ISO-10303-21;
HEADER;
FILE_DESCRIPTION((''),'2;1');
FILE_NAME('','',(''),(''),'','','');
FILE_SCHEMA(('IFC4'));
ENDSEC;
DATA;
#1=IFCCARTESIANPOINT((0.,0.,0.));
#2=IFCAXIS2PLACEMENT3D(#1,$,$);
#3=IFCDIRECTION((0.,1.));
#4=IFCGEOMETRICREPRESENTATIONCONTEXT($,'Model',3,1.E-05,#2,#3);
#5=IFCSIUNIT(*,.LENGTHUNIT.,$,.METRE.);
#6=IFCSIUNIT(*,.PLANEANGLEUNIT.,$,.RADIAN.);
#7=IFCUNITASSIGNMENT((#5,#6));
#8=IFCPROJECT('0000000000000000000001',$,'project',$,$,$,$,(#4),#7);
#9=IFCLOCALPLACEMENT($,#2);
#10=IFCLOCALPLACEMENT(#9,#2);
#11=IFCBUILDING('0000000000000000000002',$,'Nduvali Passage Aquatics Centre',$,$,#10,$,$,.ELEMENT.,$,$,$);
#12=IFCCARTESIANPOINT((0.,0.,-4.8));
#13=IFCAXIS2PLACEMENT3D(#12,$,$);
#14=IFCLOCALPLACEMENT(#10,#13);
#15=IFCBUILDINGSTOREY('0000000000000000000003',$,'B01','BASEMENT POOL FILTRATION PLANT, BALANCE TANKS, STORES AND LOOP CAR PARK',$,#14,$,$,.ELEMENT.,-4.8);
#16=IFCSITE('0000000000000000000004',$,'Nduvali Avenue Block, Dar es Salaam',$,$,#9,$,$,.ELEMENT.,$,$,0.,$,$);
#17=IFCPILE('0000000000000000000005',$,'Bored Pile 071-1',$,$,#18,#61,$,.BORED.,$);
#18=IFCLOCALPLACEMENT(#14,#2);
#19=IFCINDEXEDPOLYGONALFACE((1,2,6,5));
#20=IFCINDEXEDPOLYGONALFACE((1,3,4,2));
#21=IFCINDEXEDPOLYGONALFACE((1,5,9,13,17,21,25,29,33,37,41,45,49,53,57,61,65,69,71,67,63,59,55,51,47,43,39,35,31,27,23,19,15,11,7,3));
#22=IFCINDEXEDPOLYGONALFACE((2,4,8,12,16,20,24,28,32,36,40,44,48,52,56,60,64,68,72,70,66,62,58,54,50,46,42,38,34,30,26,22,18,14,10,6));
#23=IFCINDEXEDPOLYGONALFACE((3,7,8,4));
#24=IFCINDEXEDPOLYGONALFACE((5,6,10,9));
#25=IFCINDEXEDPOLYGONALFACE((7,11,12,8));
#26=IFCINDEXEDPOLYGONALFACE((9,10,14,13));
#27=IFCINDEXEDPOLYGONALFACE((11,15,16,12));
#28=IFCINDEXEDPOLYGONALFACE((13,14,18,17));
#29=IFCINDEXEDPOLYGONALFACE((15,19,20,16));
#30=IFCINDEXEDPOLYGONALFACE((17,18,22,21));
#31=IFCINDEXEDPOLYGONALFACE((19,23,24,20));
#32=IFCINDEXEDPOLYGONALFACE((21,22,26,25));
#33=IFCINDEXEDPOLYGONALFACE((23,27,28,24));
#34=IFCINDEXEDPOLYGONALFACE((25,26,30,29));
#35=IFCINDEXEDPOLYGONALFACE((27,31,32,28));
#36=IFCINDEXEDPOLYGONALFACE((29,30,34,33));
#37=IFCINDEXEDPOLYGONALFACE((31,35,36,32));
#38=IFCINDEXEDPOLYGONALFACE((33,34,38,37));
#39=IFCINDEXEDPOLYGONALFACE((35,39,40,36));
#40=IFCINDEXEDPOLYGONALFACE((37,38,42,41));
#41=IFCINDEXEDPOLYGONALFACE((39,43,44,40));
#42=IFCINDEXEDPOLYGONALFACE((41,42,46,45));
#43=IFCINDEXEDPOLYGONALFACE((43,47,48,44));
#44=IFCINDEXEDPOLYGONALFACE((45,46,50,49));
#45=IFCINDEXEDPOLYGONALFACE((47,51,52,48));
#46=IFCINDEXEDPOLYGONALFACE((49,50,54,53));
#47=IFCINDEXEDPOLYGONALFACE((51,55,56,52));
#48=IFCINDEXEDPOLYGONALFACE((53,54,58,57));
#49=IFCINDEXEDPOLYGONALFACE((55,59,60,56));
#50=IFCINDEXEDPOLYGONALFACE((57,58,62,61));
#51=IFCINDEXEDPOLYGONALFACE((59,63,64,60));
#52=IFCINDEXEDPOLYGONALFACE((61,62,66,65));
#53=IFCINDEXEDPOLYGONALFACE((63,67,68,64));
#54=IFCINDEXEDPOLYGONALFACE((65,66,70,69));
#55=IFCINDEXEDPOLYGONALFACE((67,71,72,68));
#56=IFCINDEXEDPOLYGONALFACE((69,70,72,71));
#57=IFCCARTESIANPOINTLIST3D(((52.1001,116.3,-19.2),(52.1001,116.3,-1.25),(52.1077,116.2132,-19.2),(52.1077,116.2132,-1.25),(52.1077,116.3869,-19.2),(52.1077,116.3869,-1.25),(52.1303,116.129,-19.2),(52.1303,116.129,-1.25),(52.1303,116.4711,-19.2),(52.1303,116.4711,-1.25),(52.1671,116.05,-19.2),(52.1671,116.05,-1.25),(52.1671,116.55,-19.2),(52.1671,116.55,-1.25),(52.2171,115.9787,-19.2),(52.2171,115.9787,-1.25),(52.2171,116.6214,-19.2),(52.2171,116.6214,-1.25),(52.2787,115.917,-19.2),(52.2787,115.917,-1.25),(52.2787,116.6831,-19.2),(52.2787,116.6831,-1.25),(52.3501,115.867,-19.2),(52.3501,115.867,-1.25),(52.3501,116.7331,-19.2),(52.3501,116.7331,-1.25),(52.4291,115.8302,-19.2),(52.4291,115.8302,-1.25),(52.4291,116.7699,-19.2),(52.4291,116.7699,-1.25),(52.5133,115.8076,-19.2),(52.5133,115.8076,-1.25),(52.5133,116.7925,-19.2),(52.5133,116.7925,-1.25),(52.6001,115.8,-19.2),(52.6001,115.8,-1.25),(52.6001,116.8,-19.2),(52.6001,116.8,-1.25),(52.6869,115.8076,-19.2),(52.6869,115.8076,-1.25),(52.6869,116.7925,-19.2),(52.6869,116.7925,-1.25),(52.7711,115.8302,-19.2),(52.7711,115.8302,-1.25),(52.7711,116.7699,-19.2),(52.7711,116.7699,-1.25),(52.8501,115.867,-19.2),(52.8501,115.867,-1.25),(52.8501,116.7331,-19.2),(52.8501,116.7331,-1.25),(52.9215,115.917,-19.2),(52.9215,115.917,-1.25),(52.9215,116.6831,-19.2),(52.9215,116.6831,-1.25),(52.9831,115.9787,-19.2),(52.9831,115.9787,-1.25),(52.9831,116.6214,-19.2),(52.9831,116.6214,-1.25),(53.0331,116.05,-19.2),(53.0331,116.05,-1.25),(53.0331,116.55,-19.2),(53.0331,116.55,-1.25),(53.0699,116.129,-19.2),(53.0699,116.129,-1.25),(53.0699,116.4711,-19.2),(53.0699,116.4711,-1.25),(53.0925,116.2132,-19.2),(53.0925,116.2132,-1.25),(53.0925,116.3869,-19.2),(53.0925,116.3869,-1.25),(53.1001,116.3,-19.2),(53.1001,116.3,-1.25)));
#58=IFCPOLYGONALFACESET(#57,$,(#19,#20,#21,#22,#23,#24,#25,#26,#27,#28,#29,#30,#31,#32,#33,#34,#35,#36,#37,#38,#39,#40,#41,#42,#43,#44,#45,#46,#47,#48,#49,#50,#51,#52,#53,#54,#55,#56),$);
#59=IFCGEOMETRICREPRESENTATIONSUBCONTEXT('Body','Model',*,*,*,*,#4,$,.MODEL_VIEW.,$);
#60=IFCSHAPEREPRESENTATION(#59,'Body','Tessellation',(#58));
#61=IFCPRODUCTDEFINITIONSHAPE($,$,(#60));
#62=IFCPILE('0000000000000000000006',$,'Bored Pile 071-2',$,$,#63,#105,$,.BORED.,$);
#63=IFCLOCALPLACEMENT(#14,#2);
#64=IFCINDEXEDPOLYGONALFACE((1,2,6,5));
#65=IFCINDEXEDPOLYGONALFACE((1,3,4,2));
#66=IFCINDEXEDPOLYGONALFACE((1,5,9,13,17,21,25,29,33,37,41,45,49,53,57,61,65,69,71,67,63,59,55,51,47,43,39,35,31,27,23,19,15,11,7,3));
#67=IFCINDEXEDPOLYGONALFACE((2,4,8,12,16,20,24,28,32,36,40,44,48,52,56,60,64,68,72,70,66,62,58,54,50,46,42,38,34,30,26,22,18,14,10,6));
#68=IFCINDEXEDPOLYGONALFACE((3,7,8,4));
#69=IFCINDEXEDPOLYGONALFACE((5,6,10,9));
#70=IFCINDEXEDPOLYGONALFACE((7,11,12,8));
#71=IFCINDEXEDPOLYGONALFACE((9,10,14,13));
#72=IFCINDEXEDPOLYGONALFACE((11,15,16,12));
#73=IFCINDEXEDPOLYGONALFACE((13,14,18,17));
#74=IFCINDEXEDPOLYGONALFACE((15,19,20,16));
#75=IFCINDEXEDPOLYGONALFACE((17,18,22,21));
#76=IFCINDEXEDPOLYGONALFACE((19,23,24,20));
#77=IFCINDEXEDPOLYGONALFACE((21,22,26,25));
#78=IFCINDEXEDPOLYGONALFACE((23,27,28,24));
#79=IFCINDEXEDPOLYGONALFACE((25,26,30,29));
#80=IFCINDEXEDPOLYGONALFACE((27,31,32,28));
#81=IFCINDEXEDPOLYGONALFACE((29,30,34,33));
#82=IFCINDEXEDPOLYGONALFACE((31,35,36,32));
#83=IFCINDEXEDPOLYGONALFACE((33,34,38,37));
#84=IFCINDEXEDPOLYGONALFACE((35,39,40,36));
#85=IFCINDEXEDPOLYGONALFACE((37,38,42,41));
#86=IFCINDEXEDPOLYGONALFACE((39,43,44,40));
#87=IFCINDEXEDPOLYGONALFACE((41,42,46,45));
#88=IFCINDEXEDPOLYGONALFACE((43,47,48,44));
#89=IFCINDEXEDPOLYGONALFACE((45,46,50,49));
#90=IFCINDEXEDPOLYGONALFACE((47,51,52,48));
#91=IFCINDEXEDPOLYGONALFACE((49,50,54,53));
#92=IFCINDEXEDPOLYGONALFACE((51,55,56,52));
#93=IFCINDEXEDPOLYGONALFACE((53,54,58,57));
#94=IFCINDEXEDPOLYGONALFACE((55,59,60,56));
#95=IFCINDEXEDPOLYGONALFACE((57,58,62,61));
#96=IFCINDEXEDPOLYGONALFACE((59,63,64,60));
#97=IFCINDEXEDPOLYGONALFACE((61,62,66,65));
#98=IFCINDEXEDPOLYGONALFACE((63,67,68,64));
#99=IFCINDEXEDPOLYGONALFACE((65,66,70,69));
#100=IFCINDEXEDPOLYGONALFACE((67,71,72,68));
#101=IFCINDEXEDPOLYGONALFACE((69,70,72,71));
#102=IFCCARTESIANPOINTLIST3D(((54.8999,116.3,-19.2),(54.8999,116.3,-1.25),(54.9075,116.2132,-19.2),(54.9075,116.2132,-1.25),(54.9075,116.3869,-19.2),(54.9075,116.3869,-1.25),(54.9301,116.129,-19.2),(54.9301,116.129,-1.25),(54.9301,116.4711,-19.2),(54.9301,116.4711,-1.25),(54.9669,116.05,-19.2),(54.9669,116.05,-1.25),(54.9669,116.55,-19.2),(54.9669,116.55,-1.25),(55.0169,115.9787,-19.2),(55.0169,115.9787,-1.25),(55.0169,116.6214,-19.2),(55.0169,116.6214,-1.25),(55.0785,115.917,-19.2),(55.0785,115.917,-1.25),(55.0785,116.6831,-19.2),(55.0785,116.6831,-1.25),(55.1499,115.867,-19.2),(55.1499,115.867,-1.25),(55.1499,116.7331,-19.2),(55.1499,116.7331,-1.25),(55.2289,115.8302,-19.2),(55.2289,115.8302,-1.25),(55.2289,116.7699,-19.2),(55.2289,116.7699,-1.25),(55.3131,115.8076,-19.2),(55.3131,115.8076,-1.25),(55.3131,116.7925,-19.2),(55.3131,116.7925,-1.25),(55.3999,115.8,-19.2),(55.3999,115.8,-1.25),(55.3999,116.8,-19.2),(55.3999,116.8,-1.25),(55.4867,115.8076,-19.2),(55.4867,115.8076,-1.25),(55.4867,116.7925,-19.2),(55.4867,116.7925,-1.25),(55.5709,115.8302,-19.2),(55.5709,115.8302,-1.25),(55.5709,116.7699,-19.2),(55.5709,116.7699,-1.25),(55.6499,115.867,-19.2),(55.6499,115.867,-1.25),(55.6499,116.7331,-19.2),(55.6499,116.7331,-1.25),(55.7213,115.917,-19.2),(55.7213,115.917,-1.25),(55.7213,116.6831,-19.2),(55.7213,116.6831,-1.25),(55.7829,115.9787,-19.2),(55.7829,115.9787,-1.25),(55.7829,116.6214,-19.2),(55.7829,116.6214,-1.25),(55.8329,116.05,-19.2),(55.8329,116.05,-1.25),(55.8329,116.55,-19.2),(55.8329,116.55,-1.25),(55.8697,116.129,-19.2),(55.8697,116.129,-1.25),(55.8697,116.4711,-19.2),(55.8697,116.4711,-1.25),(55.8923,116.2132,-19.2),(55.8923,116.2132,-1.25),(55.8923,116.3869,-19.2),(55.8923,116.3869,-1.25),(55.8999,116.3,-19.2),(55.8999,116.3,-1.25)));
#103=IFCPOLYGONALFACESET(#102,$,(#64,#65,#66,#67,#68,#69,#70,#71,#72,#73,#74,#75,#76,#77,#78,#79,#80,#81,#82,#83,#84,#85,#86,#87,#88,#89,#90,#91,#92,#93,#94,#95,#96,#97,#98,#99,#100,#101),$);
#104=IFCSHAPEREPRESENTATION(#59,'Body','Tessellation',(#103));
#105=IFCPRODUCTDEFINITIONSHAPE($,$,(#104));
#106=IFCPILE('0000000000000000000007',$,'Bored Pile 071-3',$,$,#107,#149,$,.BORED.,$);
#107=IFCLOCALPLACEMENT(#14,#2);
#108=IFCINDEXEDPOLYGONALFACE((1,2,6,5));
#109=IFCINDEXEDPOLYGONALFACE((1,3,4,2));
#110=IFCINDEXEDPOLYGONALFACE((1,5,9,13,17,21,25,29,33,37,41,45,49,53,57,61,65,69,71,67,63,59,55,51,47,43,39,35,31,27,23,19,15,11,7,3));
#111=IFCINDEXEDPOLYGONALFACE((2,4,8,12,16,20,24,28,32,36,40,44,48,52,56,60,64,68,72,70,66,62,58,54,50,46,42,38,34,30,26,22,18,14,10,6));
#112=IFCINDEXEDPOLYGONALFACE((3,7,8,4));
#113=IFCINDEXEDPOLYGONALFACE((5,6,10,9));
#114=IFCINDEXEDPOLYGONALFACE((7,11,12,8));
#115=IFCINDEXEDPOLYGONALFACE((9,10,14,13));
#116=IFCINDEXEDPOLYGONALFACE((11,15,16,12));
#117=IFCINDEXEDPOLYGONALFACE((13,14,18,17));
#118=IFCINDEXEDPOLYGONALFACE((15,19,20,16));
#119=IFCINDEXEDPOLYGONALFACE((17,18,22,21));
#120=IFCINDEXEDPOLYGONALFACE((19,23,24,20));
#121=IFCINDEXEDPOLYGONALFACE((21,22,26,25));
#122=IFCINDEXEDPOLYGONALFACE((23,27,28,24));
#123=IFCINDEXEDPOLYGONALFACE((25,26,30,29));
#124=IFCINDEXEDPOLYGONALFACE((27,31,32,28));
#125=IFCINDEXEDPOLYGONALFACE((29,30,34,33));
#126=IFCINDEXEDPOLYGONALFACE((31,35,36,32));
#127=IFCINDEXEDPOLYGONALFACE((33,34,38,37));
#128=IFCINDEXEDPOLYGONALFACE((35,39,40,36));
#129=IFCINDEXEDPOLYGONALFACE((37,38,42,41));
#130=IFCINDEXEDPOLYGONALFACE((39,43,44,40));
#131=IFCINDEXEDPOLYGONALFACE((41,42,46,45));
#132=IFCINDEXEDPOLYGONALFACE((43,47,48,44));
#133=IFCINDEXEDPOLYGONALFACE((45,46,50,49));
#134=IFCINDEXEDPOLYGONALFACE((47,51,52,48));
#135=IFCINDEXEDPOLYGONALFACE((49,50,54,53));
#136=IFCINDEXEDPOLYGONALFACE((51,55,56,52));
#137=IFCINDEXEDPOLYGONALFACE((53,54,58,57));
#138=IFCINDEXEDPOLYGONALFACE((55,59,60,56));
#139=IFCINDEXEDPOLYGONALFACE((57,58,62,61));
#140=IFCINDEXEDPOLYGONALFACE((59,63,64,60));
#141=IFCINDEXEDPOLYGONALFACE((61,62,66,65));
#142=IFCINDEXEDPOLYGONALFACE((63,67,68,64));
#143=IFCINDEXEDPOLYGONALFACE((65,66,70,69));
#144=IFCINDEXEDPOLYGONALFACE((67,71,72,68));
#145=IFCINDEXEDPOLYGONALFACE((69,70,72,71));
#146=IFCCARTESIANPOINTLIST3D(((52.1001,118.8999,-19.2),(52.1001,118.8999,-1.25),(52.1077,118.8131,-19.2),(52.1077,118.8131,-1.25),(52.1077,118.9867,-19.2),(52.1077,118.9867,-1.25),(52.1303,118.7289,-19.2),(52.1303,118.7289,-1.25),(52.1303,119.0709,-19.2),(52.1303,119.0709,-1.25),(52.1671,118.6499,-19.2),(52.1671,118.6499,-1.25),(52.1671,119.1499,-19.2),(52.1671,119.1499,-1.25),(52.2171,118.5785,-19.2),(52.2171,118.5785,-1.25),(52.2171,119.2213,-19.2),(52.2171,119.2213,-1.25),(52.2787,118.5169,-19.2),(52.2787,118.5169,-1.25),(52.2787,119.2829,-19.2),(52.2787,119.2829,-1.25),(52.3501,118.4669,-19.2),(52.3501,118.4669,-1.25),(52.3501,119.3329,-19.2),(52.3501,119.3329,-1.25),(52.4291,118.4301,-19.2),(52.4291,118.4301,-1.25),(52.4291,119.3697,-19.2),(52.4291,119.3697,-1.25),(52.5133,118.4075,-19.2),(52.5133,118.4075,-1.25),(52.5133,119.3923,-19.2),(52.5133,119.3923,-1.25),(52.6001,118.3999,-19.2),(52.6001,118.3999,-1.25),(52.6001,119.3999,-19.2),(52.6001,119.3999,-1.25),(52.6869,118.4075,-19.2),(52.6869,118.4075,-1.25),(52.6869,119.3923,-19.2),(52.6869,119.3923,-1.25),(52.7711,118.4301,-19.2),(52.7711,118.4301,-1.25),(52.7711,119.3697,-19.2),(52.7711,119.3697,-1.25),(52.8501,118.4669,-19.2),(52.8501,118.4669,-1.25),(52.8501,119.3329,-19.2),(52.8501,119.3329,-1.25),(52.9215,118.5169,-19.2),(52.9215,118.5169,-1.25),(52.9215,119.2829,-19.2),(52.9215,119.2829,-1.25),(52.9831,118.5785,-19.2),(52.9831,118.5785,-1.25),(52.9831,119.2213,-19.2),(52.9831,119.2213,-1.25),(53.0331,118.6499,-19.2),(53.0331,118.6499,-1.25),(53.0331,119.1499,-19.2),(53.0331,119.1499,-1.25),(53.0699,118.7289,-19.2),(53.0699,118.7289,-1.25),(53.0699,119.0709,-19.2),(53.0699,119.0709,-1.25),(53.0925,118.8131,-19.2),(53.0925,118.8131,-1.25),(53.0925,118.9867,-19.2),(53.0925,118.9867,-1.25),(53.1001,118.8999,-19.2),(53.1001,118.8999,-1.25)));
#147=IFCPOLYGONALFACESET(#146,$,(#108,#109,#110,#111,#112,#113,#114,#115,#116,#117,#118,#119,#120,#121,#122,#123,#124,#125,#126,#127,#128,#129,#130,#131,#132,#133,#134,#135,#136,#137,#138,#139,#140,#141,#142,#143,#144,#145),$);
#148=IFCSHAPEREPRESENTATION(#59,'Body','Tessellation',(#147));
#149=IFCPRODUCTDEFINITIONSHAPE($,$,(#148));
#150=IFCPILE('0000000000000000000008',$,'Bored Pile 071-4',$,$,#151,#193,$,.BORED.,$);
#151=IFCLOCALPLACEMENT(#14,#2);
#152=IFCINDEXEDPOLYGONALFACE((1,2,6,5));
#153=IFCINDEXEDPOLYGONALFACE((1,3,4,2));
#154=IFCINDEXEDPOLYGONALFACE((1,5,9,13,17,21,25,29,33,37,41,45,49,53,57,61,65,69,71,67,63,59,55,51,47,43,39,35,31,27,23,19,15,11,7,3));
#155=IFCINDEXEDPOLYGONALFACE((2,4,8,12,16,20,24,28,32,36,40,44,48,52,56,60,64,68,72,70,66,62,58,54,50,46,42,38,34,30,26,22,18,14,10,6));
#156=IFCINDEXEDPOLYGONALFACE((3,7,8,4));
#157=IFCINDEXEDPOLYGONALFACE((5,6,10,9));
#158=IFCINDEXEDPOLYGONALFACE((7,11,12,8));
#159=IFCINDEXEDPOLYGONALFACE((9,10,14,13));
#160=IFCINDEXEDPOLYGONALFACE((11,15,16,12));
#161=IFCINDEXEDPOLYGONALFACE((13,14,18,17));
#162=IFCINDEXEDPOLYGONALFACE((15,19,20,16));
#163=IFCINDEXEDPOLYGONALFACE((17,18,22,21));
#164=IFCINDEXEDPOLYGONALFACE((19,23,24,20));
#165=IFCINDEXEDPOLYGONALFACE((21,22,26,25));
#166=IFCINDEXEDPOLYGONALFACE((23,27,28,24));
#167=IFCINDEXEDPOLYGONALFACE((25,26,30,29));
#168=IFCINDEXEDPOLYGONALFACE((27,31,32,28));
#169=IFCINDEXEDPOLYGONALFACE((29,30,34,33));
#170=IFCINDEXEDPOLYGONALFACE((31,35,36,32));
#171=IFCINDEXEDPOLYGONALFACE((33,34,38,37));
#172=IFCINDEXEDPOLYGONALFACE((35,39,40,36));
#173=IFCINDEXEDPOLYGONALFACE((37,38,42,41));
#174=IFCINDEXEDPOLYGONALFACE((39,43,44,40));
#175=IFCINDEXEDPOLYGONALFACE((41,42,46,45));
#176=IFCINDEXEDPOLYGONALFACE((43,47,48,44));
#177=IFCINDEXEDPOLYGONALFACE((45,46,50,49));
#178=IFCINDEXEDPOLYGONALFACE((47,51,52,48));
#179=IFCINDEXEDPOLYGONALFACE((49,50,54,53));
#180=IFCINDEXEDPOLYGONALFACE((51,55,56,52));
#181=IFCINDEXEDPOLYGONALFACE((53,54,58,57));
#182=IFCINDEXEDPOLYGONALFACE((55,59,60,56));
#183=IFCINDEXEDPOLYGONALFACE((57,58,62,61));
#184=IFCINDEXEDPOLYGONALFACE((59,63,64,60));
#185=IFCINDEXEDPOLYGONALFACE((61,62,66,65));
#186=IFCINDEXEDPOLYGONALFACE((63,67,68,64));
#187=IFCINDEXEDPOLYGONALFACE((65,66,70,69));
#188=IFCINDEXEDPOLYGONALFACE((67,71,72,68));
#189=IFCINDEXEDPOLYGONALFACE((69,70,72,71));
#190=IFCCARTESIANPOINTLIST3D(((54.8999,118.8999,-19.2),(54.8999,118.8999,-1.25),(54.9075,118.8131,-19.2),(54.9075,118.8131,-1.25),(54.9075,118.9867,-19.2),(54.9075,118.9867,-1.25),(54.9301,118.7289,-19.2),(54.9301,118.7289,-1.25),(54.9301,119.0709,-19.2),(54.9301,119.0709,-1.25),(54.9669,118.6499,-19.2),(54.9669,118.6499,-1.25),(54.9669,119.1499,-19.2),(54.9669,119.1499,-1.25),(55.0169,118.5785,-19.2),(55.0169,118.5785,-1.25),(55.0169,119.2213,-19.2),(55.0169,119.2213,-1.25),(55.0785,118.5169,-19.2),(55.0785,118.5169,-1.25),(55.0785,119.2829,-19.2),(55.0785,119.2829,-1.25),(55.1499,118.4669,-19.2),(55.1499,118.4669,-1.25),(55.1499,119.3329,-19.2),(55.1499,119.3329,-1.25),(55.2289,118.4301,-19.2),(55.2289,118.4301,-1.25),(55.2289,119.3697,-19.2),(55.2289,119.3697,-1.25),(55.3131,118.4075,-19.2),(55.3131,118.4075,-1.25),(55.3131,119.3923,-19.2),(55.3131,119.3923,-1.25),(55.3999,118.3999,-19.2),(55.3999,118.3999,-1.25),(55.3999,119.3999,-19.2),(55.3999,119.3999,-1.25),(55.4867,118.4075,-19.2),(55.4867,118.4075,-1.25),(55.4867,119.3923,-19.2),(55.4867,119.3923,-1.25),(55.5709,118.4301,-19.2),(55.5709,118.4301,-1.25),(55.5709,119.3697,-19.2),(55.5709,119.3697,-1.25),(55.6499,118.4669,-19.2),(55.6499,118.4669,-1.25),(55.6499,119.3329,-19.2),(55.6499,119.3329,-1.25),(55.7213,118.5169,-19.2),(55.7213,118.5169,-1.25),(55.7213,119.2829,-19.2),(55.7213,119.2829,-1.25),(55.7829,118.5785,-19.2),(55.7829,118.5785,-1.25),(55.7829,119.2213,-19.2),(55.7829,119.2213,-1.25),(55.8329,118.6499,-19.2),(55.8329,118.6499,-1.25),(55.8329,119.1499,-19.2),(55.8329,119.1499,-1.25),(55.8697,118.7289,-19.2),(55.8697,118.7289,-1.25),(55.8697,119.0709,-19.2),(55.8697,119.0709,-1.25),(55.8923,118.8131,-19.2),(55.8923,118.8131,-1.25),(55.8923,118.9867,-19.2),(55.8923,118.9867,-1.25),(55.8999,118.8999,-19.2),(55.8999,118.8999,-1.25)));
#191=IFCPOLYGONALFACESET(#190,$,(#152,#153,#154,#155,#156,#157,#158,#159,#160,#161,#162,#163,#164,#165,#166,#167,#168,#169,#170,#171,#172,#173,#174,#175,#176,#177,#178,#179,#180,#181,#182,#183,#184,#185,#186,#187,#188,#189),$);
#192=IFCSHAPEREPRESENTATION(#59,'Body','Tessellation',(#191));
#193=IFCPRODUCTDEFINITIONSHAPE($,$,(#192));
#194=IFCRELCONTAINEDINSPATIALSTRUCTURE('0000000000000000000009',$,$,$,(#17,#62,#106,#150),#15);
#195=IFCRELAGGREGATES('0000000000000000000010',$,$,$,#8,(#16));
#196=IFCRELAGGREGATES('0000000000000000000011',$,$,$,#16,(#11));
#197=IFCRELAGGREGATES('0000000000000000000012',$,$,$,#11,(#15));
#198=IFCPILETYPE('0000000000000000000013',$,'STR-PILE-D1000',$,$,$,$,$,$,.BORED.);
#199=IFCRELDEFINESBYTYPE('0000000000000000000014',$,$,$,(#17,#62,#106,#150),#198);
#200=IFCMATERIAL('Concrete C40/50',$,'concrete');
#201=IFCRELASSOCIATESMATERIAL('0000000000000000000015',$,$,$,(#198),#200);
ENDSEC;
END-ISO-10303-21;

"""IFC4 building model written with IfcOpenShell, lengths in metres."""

from ifc_helpers import new_model, si_unit, direction, frame, origin, origin_2d, place, context, subcontext, project, spatial, circle, extrude, material, material_profile, profile_set, type_object, element, save


model = new_model("IFC4")

# Units and contexts
model_context = context("Model", 3, precision=1e-05, world=origin(), true_north=direction((0.0, 1.0)))
body_context = subcontext(model_context, "Body", "Model", "MODEL_VIEW")
ifc_project = project(units=[si_unit("LENGTHUNIT", "METRE"), si_unit("PLANEANGLEUNIT", "RADIAN")], contexts=[model_context])

# Site, building, storey
site_placement = place(None, origin())
site = spatial("IfcSite", under=ifc_project, at=site_placement, Name="Nduvali Avenue Block, Dar es Salaam", CompositionType="ELEMENT", RefElevation=0.0)
building_placement = place(site_placement, origin())
building = spatial("IfcBuilding", under=site, at=building_placement, Name="Nduvali Passage Aquatics Centre", CompositionType="ELEMENT")
storey_placement = place(building_placement, frame((0.0, 0.0, -4.8)))
storey = spatial("IfcBuildingStorey", under=building, at=storey_placement, Name="B01", Description="BASEMENT POOL FILTRATION PLANT, BALANCE TANKS, STORES AND LOOP CAR PARK", CompositionType="ELEMENT", Elevation=-4.8)

# Shared definitions
ifc_material_1 = material(Name="Concrete C40/50", Category="concrete")

# Piles
ifc_material_profile_1 = material_profile(ifc_material_1, circle(Radius=0.5, at=origin_2d()), Name="PILE D1000")
ifc_profile_set_1 = profile_set([ifc_material_profile_1], Name="Concrete C40/50")
pile_type_1 = type_object("IfcPileType", Name="STR-PILE-D1000", PredefinedType="BORED", material=ifc_profile_set_1)
for number, where, z_axis, x_axis, name in (
    (1, (52.6001, 116.3, -1.25), (0.0, 0.0, -1.0), (1.0, 0.0, 0.0), "Bored Pile 071-1"),
    (2, (55.3999, 116.3, -1.25), (0.0, 0.0, -1.0), (1.0, 0.0, 0.0), "Bored Pile 071-2"),
    (3, (52.6001, 118.8999, -1.25), (0.0, 0.0, -1.0), (1.0, 0.0, 0.0), "Bored Pile 071-3"),
    (4, (55.3999, 118.8999, -1.25), (0.0, 0.0, -1.0), (1.0, 0.0, 0.0), "Bored Pile 071-4"),
):
    element("IfcPile", number, at=place(storey_placement, frame(where, z_axis=z_axis, x_axis=x_axis)), inside=storey, type_object=pile_type_1, Name=name, PredefinedType="BORED", context=body_context, shape_type="SweptSolid", body=[
        extrude(circle(Radius=0.5, at=origin_2d()), origin(), (0.0, 0.0, 1.0), 17.95),
    ])

save(model, "model.ifc")
